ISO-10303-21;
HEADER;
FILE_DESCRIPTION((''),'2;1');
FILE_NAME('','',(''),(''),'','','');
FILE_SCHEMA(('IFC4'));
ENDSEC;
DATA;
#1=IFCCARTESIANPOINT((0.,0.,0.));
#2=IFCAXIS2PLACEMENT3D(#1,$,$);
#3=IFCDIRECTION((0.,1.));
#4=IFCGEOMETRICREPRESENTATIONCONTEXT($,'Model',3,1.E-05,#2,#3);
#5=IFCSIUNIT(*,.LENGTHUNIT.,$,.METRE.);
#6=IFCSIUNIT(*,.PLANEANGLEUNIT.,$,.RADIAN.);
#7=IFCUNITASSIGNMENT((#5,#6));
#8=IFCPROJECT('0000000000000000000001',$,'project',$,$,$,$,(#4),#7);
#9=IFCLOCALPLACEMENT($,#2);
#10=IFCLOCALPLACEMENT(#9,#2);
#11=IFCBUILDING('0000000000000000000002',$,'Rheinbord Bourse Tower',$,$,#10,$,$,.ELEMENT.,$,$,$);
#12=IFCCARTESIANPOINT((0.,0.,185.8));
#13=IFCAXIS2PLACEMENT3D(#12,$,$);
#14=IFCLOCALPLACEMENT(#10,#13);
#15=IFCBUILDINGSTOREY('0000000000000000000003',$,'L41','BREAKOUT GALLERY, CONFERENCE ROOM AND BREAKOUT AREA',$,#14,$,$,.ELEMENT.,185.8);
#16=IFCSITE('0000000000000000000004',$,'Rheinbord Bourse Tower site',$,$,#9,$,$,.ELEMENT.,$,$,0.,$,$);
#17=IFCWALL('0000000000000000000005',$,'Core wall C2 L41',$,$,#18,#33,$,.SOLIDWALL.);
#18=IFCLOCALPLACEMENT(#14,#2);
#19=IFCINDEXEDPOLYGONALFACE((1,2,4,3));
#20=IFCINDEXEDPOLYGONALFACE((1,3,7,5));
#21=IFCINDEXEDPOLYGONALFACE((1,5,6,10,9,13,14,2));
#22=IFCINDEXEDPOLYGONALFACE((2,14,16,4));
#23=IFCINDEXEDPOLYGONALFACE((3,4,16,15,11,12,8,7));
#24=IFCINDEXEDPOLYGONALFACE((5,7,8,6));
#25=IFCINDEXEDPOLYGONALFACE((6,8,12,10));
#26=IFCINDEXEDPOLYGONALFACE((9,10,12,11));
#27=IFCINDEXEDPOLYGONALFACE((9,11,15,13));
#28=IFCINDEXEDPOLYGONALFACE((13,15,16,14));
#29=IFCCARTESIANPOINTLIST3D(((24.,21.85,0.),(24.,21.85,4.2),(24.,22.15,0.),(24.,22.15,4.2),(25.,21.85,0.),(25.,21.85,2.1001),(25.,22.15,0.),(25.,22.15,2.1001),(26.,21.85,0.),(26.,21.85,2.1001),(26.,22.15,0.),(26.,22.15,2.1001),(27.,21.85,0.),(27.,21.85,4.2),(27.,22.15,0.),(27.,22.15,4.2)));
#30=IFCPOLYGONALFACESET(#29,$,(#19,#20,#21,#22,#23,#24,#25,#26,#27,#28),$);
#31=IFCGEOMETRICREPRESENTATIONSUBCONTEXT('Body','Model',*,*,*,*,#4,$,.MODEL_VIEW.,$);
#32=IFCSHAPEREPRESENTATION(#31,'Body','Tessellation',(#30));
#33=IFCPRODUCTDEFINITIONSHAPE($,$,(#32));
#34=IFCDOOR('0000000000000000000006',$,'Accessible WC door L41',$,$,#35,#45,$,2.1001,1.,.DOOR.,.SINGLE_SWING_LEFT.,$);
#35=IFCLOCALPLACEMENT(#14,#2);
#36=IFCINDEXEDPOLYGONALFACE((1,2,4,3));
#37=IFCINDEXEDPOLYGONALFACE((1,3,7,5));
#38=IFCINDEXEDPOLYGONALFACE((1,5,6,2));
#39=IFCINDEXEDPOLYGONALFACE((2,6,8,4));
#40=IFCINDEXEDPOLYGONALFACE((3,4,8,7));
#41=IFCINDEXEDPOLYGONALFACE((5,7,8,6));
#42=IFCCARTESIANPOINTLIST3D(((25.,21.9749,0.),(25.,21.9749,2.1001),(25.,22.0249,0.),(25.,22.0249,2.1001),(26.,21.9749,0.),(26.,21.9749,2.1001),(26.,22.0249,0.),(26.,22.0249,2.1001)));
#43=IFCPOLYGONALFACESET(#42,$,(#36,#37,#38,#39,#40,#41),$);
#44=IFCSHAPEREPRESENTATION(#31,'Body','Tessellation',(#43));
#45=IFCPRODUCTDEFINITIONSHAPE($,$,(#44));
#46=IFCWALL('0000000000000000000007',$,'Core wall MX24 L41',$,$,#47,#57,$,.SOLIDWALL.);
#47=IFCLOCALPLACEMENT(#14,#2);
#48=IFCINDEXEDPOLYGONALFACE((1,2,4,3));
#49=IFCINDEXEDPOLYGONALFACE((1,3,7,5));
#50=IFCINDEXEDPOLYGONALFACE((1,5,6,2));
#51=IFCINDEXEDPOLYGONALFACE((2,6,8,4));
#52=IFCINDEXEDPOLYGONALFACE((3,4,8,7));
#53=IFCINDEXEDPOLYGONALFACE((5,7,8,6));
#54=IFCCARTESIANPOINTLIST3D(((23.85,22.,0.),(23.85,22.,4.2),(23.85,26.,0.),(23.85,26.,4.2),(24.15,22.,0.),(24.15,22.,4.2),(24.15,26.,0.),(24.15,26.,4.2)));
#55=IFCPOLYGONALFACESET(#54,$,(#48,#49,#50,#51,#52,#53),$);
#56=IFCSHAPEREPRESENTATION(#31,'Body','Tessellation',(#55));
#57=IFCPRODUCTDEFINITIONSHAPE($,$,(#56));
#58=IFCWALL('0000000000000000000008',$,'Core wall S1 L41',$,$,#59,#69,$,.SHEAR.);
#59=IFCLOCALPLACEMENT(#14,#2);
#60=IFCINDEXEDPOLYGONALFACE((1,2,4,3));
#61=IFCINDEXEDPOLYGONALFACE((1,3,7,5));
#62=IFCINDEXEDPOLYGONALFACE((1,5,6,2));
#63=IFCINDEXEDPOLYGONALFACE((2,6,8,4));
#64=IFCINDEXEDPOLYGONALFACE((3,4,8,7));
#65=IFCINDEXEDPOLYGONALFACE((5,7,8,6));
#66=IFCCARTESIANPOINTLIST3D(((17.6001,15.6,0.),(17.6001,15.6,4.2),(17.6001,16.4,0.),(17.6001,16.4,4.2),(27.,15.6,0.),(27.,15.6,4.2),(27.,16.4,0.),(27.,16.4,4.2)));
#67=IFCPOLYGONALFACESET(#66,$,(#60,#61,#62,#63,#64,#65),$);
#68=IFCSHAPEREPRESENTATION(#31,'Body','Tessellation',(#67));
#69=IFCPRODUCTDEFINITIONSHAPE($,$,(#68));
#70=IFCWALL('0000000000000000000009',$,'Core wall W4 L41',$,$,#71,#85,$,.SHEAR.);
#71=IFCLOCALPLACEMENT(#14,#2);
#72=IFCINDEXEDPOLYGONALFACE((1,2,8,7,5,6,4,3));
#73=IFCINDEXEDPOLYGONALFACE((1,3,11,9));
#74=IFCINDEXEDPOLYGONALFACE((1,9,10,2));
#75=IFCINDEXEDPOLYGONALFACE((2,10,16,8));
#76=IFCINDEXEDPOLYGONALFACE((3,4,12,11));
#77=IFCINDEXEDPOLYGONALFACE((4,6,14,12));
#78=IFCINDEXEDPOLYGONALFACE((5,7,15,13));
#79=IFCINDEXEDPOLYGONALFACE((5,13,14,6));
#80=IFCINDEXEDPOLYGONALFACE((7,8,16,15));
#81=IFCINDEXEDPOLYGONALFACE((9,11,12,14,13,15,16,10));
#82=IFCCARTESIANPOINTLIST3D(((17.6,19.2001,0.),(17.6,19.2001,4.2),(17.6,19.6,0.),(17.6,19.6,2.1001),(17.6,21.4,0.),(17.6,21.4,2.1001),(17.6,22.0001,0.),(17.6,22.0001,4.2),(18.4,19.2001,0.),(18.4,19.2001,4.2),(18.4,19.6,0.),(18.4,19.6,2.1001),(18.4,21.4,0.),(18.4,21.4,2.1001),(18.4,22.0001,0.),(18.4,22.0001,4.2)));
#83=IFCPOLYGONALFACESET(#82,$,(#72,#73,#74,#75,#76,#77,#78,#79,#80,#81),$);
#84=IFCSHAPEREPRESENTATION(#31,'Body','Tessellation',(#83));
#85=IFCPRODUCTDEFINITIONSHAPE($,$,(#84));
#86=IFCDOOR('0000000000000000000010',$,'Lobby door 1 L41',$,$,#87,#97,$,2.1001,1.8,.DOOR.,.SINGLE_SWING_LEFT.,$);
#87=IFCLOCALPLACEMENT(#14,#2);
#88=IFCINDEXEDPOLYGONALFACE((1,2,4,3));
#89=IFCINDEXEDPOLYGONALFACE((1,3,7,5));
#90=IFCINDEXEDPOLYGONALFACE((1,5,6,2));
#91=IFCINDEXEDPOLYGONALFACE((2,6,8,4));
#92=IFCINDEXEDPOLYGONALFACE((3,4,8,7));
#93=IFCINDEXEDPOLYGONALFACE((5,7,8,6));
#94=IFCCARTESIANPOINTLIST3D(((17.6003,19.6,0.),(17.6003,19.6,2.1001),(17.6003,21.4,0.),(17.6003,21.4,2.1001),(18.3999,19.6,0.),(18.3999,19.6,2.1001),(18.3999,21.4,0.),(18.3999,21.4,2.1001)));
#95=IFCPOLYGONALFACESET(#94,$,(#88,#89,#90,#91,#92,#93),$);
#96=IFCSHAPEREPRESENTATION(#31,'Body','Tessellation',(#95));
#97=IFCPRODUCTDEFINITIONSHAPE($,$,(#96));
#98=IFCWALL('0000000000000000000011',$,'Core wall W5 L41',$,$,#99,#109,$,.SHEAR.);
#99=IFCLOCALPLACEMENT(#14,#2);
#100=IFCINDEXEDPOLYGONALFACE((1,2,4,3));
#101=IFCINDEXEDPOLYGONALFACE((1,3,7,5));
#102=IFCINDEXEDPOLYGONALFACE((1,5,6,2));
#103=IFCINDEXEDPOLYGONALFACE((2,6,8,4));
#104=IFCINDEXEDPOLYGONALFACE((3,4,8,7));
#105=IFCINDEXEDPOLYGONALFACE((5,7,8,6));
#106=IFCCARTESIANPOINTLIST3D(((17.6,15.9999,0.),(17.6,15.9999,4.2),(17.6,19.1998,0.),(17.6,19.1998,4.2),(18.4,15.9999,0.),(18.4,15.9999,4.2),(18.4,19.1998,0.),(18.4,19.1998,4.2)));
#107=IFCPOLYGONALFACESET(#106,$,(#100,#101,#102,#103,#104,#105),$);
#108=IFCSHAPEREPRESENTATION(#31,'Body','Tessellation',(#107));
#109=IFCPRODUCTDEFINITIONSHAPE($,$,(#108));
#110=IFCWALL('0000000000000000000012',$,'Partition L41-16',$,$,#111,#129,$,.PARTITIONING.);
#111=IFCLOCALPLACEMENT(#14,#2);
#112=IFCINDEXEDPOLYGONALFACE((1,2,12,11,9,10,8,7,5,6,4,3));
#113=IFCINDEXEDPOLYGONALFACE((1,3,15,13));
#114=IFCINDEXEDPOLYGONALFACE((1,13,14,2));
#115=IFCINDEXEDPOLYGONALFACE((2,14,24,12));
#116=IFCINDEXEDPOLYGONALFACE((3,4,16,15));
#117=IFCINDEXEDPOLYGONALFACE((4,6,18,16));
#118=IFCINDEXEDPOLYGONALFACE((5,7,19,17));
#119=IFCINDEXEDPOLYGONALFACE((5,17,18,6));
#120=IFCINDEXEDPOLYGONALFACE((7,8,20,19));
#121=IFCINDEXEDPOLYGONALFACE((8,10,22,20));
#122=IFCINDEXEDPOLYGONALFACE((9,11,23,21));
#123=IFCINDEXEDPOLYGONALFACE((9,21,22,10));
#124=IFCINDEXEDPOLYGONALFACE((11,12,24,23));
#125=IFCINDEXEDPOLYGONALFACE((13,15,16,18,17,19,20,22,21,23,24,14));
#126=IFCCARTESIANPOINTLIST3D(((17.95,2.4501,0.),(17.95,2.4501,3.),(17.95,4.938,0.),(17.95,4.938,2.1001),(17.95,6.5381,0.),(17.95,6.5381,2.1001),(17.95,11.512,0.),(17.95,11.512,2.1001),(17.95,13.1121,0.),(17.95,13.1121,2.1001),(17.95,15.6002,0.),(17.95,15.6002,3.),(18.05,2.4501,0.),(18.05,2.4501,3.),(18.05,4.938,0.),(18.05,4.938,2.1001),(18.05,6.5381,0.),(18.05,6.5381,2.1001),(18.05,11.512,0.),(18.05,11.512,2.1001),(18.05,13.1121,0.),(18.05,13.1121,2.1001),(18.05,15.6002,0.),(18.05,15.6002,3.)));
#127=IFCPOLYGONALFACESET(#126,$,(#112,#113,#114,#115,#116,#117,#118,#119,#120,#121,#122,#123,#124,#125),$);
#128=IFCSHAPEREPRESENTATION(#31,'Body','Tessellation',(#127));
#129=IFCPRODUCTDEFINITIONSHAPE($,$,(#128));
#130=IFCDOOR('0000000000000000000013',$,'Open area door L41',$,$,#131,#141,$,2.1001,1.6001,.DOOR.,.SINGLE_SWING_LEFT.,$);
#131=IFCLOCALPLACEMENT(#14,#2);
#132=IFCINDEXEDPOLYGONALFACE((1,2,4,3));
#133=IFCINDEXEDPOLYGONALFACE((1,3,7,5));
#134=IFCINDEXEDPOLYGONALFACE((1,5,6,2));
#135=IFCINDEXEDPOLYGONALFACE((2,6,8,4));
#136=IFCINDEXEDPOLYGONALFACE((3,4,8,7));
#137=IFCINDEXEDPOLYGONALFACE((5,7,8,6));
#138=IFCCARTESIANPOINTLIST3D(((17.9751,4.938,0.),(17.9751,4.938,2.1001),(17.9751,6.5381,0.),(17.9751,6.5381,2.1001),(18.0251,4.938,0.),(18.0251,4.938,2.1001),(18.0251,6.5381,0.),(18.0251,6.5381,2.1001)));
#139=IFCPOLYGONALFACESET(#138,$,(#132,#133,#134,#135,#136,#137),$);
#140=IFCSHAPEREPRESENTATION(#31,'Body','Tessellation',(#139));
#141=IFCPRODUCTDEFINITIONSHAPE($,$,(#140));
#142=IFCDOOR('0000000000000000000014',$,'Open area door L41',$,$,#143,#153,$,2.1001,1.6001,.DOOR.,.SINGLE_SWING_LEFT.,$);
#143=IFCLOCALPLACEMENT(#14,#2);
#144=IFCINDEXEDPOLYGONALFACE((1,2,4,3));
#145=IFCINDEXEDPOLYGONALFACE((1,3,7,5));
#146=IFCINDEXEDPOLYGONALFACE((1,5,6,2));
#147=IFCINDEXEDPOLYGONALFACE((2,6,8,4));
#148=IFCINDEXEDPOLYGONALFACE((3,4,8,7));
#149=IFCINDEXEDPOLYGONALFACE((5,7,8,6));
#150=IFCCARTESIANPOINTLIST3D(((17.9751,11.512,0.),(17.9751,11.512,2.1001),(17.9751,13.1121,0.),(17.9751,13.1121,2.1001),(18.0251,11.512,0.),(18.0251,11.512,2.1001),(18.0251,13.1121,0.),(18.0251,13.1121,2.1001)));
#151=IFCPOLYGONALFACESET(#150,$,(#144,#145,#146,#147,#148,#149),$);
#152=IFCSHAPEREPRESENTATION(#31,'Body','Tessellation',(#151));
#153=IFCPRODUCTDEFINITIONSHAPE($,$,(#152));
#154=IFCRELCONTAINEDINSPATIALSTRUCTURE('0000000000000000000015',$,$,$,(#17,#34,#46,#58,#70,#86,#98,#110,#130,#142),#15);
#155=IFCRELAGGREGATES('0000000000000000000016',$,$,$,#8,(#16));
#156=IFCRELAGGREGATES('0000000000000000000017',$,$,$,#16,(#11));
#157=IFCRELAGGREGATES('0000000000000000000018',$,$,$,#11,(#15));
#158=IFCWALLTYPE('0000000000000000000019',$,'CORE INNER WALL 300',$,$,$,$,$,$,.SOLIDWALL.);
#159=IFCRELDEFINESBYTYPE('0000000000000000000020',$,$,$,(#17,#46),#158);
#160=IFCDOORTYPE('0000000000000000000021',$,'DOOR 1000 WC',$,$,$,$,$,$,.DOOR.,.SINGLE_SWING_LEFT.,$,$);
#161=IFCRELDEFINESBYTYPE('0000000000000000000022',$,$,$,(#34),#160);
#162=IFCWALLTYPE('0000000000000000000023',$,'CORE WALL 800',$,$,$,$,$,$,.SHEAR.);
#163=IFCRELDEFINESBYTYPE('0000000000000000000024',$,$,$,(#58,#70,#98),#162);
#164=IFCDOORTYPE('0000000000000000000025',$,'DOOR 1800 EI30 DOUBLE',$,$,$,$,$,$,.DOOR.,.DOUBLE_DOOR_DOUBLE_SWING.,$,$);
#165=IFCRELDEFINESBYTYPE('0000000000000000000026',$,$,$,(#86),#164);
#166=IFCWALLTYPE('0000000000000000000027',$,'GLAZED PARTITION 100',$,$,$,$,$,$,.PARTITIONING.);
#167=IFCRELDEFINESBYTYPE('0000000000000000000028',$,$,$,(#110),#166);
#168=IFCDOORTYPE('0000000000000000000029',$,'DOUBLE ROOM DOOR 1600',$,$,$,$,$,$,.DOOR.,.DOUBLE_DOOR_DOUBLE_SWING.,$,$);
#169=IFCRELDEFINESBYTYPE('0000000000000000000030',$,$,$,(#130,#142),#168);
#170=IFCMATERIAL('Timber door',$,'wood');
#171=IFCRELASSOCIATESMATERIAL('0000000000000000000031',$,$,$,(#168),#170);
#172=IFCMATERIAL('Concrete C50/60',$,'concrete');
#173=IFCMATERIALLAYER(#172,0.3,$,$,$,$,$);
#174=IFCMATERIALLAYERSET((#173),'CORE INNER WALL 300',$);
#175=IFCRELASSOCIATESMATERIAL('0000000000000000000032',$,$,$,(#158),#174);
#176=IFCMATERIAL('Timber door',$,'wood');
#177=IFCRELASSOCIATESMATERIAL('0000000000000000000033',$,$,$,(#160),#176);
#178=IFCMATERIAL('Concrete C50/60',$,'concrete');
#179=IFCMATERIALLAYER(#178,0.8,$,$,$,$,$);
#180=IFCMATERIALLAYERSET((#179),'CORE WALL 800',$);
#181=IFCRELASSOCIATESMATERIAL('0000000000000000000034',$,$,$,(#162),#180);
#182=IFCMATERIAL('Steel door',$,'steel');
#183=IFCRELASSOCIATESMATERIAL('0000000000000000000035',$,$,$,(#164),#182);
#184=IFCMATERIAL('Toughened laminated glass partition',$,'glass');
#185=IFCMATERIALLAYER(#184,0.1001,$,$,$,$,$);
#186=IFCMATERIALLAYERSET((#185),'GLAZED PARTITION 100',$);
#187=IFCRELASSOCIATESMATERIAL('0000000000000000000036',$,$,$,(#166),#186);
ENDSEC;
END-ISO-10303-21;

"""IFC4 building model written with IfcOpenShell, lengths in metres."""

from ifc_helpers import new_model, si_unit, direction, frame, frame_2d, origin, place, context, subcontext, project, spatial, rectangle, extrude, material, layer, layer_set, type_object, element, fill, save


model = new_model("IFC4")

# Units and contexts
model_context = context("Model", 3, precision=1e-05, world=origin(), true_north=direction((0.0, 1.0)))
body_context = subcontext(model_context, "Body", "Model", "MODEL_VIEW")
ifc_project = project(units=[si_unit("LENGTHUNIT", "METRE"), si_unit("PLANEANGLEUNIT", "RADIAN")], contexts=[model_context])

# Site, building, storey
site_placement = place(None, origin())
site = spatial("IfcSite", under=ifc_project, at=site_placement, Name="Rheinbord Bourse Tower site", CompositionType="ELEMENT", RefElevation=0.0)
building_placement = place(site_placement, origin())
building = spatial("IfcBuilding", under=site, at=building_placement, Name="Rheinbord Bourse Tower", CompositionType="ELEMENT")
storey_placement = place(building_placement, frame((0.0, 0.0, 185.8)))
storey = spatial("IfcBuildingStorey", under=building, at=storey_placement, Name="L41", Description="BREAKOUT GALLERY, CONFERENCE ROOM AND BREAKOUT AREA", CompositionType="ELEMENT", Elevation=185.8)

# Shared definitions
ifc_material_1 = material(Name="Timber door", Category="wood")
door_type_1 = type_object("IfcDoorType", Name="DOUBLE ROOM DOOR 1600", OperationType="DOUBLE_DOOR_DOUBLE_SWING", PredefinedType="DOOR", material=ifc_material_1)

# Wall, opening, door
ifc_material_2 = material(Name="Concrete C50/60", Category="concrete")
ifc_layer_1 = layer(ifc_material_2, 0.3)
ifc_layer_set_1 = layer_set([ifc_layer_1], Name="CORE INNER WALL 300")
wall_type_1 = type_object("IfcWallType", Name="CORE INNER WALL 300", PredefinedType="SOLIDWALL", material=ifc_layer_set_1)
ifc_material_3 = material(Name="Timber door", Category="wood")
door_type_2 = type_object("IfcDoorType", Name="DOOR 1000 WC", OperationType="SINGLE_SWING_LEFT", PredefinedType="DOOR", material=ifc_material_3)
wall_1_placement = place(storey_placement, frame((24.0, 22.0, 0.0), z_axis=(0.0, 0.0, 1.0), x_axis=(1.0, 0.0, 0.0)))
wall_1 = element("IfcWall", 1, at=wall_1_placement, inside=storey, type_object=wall_type_1, Name="Core wall C2 L41", PredefinedType="SOLIDWALL", context=body_context, shape_type="SweptSolid", body=[
    extrude(rectangle(XDim=3.0, YDim=0.3, at=frame_2d((1.5, 0.0))), origin(), (0.0, 0.0, 1.0), 4.2),
])
opening_1_placement = place(wall_1_placement, frame((1.0, 0.0, 0.0)))
opening_1 = element("IfcOpeningElement", 2, at=opening_1_placement, cuts=wall_1, PredefinedType="OPENING", context=body_context, shape_type="SweptSolid", body=[
    extrude(rectangle(XDim=1.0, YDim=2.1001, at=frame_2d((0.5, 1.05))), frame((0.0, 0.1599, 0.0), z_axis=(0.0, -1.0, 0.0), x_axis=(1.0, 0.0, 0.0)), (0.0, 0.0, 1.0), 0.3201),
])
door_1_placement = place(opening_1_placement, origin())
door_1 = element("IfcDoor", 3, at=door_1_placement, inside=storey, type_object=door_type_2, Name="Accessible WC door L41", OperationType="SINGLE_SWING_LEFT", OverallHeight=2.1001, OverallWidth=1.0, PredefinedType="DOOR", context=body_context, shape_type="SweptSolid", body=[
    extrude(rectangle(XDim=1.0, YDim=2.1001, at=frame_2d((0.5, 1.05))), frame((0.0, 0.0249, 0.0), z_axis=(0.0, -1.0, 0.0), x_axis=(1.0, 0.0, 0.0)), (0.0, 0.0, 1.0), 0.05),
])
fill(opening_1, door_1)

# Walls
wall_2_placement = place(storey_placement, frame((24.0, 22.0, 0.0), z_axis=(0.0, 0.0, 1.0), x_axis=(0.0, 1.0, 0.0)))
element("IfcWall", 4, at=wall_2_placement, inside=storey, type_object=wall_type_1, Name="Core wall MX24 L41", PredefinedType="SOLIDWALL", context=body_context, shape_type="SweptSolid", body=[
    extrude(rectangle(XDim=4.0, YDim=0.3, at=frame_2d((2.0, 0.0))), origin(), (0.0, 0.0, 1.0), 4.2),
])
ifc_material_4 = material(Name="Concrete C50/60", Category="concrete")
ifc_layer_2 = layer(ifc_material_4, 0.8)
ifc_layer_set_2 = layer_set([ifc_layer_2], Name="CORE WALL 800")
wall_type_2 = type_object("IfcWallType", Name="CORE WALL 800", PredefinedType="SHEAR", material=ifc_layer_set_2)
wall_3_placement = place(storey_placement, frame((17.6001, 16.0, 0.0), z_axis=(0.0, 0.0, 1.0), x_axis=(1.0, 0.0, 0.0)))
element("IfcWall", 5, at=wall_3_placement, inside=storey, type_object=wall_type_2, Name="Core wall S1 L41", PredefinedType="SHEAR", context=body_context, shape_type="SweptSolid", body=[
    extrude(rectangle(XDim=9.3999, YDim=0.8, at=frame_2d((4.7, 0.0))), origin(), (0.0, 0.0, 1.0), 4.2),
])

# Wall, opening, door
wall_4_placement = place(storey_placement, frame((18.0, 22.0, 0.0), z_axis=(0.0, 0.0, 1.0), x_axis=(0.0, -1.0, 0.0)))
wall_4 = element("IfcWall", 6, at=wall_4_placement, inside=storey, type_object=wall_type_2, Name="Core wall W4 L41", PredefinedType="SHEAR", context=body_context, shape_type="SweptSolid", body=[
    extrude(rectangle(XDim=2.8, YDim=0.8, at=frame_2d((1.3999, 0.0))), origin(), (0.0, 0.0, 1.0), 4.2),
])
opening_2_placement = place(wall_4_placement, frame((0.6001, 0.0, 0.0)))
opening_2 = element("IfcOpeningElement", 7, at=opening_2_placement, cuts=wall_4, PredefinedType="OPENING", context=body_context, shape_type="SweptSolid", body=[
    extrude(rectangle(XDim=1.8, YDim=2.1001, at=frame_2d((0.8999, 1.05))), frame((0.0, 0.4099, 0.0), z_axis=(0.0, -1.0, 0.0), x_axis=(1.0, 0.0, 0.0)), (0.0, 0.0, 1.0), 0.8201),
])
ifc_material_5 = material(Name="Steel door", Category="steel")
door_type_3 = type_object("IfcDoorType", Name="DOOR 1800 EI30 DOUBLE", OperationType="DOUBLE_DOOR_DOUBLE_SWING", PredefinedType="DOOR", material=ifc_material_5)
door_2_placement = place(opening_2_placement, origin())
door_2 = element("IfcDoor", 8, at=door_2_placement, inside=storey, type_object=door_type_3, Name="Lobby door 1 L41", OperationType="SINGLE_SWING_LEFT", OverallHeight=2.1001, OverallWidth=1.8, PredefinedType="DOOR", context=body_context, shape_type="SweptSolid", body=[
    extrude(rectangle(XDim=1.8, YDim=2.1001, at=frame_2d((0.8999, 1.05))), frame((0.0, 0.3999, 0.0), z_axis=(0.0, -1.0, 0.0), x_axis=(1.0, 0.0, 0.0)), (0.0, 0.0, 1.0), 0.7996),
])
fill(opening_2, door_2)

# Wall
wall_5_placement = place(storey_placement, frame((18.0, 19.2, 0.0), z_axis=(0.0, 0.0, 1.0), x_axis=(0.0, -1.0, 0.0)))
element("IfcWall", 9, at=wall_5_placement, inside=storey, type_object=wall_type_2, Name="Core wall W5 L41", PredefinedType="SHEAR", context=body_context, shape_type="SweptSolid", body=[
    extrude(rectangle(XDim=3.2, YDim=0.8, at=frame_2d((1.6001, 0.0))), origin(), (0.0, 0.0, 1.0), 4.2),
])

# Wall, openings, doors
ifc_material_6 = material(Name="Toughened laminated glass partition", Category="glass")
ifc_layer_3 = layer(ifc_material_6, 0.1001)
ifc_layer_set_3 = layer_set([ifc_layer_3], Name="GLAZED PARTITION 100")
wall_type_3 = type_object("IfcWallType", Name="GLAZED PARTITION 100", PredefinedType="PARTITIONING", material=ifc_layer_set_3)
wall_6_placement = place(storey_placement, frame((18.0, 2.45, 0.0), z_axis=(0.0, 0.0, 1.0), x_axis=(0.0, 1.0, 0.0)))
wall_6 = element("IfcWall", 10, at=wall_6_placement, inside=storey, type_object=wall_type_3, Name="Partition L41-16", PredefinedType="PARTITIONING", context=body_context, shape_type="SweptSolid", body=[
    extrude(rectangle(XDim=13.1501, YDim=0.1001, at=frame_2d((6.5752, 0.0))), origin(), (0.0, 0.0, 1.0), 3.0),
])
opening_3_placement = place(wall_6_placement, frame((2.488, 0.0, 0.0)))
opening_3 = element("IfcOpeningElement", 11, at=opening_3_placement, cuts=wall_6, PredefinedType="OPENING", context=body_context, shape_type="SweptSolid", body=[
    extrude(rectangle(XDim=1.6001, YDim=2.1001, at=frame_2d((0.8, 1.05))), frame((0.0, 0.0601, 0.0), z_axis=(0.0, -1.0, 0.0), x_axis=(1.0, 0.0, 0.0)), (0.0, 0.0, 1.0), 0.1201),
])
opening_4_placement = place(wall_6_placement, frame((9.062, 0.0, 0.0)))
opening_4 = element("IfcOpeningElement", 12, at=opening_4_placement, cuts=wall_6, PredefinedType="OPENING", context=body_context, shape_type="SweptSolid", body=[
    extrude(rectangle(XDim=1.6001, YDim=2.1001, at=frame_2d((0.8, 1.05))), frame((0.0, 0.0601, 0.0), z_axis=(0.0, -1.0, 0.0), x_axis=(1.0, 0.0, 0.0)), (0.0, 0.0, 1.0), 0.1201),
])
door_3_placement = place(opening_3_placement, origin())
door_3 = element("IfcDoor", 13, at=door_3_placement, inside=storey, type_object=door_type_1, Name="Open area door L41", OperationType="SINGLE_SWING_LEFT", OverallHeight=2.1001, OverallWidth=1.6001, PredefinedType="DOOR", context=body_context, shape_type="SweptSolid", body=[
    extrude(rectangle(XDim=1.6001, YDim=2.1001, at=frame_2d((0.8, 1.05))), frame((0.0, 0.0249, 0.0), z_axis=(0.0, -1.0, 0.0), x_axis=(1.0, 0.0, 0.0)), (0.0, 0.0, 1.0), 0.05),
])
fill(opening_3, door_3)
door_4_placement = place(opening_4_placement, origin())
door_4 = element("IfcDoor", 14, at=door_4_placement, inside=storey, type_object=door_type_1, Name="Open area door L41", OperationType="SINGLE_SWING_LEFT", OverallHeight=2.1001, OverallWidth=1.6001, PredefinedType="DOOR", context=body_context, shape_type="SweptSolid", body=[
    extrude(rectangle(XDim=1.6001, YDim=2.1001, at=frame_2d((0.8, 1.05))), frame((0.0, 0.0249, 0.0), z_axis=(0.0, -1.0, 0.0), x_axis=(1.0, 0.0, 0.0)), (0.0, 0.0, 1.0), 0.05),
])
fill(opening_4, door_4)

save(model, "model.ifc")
